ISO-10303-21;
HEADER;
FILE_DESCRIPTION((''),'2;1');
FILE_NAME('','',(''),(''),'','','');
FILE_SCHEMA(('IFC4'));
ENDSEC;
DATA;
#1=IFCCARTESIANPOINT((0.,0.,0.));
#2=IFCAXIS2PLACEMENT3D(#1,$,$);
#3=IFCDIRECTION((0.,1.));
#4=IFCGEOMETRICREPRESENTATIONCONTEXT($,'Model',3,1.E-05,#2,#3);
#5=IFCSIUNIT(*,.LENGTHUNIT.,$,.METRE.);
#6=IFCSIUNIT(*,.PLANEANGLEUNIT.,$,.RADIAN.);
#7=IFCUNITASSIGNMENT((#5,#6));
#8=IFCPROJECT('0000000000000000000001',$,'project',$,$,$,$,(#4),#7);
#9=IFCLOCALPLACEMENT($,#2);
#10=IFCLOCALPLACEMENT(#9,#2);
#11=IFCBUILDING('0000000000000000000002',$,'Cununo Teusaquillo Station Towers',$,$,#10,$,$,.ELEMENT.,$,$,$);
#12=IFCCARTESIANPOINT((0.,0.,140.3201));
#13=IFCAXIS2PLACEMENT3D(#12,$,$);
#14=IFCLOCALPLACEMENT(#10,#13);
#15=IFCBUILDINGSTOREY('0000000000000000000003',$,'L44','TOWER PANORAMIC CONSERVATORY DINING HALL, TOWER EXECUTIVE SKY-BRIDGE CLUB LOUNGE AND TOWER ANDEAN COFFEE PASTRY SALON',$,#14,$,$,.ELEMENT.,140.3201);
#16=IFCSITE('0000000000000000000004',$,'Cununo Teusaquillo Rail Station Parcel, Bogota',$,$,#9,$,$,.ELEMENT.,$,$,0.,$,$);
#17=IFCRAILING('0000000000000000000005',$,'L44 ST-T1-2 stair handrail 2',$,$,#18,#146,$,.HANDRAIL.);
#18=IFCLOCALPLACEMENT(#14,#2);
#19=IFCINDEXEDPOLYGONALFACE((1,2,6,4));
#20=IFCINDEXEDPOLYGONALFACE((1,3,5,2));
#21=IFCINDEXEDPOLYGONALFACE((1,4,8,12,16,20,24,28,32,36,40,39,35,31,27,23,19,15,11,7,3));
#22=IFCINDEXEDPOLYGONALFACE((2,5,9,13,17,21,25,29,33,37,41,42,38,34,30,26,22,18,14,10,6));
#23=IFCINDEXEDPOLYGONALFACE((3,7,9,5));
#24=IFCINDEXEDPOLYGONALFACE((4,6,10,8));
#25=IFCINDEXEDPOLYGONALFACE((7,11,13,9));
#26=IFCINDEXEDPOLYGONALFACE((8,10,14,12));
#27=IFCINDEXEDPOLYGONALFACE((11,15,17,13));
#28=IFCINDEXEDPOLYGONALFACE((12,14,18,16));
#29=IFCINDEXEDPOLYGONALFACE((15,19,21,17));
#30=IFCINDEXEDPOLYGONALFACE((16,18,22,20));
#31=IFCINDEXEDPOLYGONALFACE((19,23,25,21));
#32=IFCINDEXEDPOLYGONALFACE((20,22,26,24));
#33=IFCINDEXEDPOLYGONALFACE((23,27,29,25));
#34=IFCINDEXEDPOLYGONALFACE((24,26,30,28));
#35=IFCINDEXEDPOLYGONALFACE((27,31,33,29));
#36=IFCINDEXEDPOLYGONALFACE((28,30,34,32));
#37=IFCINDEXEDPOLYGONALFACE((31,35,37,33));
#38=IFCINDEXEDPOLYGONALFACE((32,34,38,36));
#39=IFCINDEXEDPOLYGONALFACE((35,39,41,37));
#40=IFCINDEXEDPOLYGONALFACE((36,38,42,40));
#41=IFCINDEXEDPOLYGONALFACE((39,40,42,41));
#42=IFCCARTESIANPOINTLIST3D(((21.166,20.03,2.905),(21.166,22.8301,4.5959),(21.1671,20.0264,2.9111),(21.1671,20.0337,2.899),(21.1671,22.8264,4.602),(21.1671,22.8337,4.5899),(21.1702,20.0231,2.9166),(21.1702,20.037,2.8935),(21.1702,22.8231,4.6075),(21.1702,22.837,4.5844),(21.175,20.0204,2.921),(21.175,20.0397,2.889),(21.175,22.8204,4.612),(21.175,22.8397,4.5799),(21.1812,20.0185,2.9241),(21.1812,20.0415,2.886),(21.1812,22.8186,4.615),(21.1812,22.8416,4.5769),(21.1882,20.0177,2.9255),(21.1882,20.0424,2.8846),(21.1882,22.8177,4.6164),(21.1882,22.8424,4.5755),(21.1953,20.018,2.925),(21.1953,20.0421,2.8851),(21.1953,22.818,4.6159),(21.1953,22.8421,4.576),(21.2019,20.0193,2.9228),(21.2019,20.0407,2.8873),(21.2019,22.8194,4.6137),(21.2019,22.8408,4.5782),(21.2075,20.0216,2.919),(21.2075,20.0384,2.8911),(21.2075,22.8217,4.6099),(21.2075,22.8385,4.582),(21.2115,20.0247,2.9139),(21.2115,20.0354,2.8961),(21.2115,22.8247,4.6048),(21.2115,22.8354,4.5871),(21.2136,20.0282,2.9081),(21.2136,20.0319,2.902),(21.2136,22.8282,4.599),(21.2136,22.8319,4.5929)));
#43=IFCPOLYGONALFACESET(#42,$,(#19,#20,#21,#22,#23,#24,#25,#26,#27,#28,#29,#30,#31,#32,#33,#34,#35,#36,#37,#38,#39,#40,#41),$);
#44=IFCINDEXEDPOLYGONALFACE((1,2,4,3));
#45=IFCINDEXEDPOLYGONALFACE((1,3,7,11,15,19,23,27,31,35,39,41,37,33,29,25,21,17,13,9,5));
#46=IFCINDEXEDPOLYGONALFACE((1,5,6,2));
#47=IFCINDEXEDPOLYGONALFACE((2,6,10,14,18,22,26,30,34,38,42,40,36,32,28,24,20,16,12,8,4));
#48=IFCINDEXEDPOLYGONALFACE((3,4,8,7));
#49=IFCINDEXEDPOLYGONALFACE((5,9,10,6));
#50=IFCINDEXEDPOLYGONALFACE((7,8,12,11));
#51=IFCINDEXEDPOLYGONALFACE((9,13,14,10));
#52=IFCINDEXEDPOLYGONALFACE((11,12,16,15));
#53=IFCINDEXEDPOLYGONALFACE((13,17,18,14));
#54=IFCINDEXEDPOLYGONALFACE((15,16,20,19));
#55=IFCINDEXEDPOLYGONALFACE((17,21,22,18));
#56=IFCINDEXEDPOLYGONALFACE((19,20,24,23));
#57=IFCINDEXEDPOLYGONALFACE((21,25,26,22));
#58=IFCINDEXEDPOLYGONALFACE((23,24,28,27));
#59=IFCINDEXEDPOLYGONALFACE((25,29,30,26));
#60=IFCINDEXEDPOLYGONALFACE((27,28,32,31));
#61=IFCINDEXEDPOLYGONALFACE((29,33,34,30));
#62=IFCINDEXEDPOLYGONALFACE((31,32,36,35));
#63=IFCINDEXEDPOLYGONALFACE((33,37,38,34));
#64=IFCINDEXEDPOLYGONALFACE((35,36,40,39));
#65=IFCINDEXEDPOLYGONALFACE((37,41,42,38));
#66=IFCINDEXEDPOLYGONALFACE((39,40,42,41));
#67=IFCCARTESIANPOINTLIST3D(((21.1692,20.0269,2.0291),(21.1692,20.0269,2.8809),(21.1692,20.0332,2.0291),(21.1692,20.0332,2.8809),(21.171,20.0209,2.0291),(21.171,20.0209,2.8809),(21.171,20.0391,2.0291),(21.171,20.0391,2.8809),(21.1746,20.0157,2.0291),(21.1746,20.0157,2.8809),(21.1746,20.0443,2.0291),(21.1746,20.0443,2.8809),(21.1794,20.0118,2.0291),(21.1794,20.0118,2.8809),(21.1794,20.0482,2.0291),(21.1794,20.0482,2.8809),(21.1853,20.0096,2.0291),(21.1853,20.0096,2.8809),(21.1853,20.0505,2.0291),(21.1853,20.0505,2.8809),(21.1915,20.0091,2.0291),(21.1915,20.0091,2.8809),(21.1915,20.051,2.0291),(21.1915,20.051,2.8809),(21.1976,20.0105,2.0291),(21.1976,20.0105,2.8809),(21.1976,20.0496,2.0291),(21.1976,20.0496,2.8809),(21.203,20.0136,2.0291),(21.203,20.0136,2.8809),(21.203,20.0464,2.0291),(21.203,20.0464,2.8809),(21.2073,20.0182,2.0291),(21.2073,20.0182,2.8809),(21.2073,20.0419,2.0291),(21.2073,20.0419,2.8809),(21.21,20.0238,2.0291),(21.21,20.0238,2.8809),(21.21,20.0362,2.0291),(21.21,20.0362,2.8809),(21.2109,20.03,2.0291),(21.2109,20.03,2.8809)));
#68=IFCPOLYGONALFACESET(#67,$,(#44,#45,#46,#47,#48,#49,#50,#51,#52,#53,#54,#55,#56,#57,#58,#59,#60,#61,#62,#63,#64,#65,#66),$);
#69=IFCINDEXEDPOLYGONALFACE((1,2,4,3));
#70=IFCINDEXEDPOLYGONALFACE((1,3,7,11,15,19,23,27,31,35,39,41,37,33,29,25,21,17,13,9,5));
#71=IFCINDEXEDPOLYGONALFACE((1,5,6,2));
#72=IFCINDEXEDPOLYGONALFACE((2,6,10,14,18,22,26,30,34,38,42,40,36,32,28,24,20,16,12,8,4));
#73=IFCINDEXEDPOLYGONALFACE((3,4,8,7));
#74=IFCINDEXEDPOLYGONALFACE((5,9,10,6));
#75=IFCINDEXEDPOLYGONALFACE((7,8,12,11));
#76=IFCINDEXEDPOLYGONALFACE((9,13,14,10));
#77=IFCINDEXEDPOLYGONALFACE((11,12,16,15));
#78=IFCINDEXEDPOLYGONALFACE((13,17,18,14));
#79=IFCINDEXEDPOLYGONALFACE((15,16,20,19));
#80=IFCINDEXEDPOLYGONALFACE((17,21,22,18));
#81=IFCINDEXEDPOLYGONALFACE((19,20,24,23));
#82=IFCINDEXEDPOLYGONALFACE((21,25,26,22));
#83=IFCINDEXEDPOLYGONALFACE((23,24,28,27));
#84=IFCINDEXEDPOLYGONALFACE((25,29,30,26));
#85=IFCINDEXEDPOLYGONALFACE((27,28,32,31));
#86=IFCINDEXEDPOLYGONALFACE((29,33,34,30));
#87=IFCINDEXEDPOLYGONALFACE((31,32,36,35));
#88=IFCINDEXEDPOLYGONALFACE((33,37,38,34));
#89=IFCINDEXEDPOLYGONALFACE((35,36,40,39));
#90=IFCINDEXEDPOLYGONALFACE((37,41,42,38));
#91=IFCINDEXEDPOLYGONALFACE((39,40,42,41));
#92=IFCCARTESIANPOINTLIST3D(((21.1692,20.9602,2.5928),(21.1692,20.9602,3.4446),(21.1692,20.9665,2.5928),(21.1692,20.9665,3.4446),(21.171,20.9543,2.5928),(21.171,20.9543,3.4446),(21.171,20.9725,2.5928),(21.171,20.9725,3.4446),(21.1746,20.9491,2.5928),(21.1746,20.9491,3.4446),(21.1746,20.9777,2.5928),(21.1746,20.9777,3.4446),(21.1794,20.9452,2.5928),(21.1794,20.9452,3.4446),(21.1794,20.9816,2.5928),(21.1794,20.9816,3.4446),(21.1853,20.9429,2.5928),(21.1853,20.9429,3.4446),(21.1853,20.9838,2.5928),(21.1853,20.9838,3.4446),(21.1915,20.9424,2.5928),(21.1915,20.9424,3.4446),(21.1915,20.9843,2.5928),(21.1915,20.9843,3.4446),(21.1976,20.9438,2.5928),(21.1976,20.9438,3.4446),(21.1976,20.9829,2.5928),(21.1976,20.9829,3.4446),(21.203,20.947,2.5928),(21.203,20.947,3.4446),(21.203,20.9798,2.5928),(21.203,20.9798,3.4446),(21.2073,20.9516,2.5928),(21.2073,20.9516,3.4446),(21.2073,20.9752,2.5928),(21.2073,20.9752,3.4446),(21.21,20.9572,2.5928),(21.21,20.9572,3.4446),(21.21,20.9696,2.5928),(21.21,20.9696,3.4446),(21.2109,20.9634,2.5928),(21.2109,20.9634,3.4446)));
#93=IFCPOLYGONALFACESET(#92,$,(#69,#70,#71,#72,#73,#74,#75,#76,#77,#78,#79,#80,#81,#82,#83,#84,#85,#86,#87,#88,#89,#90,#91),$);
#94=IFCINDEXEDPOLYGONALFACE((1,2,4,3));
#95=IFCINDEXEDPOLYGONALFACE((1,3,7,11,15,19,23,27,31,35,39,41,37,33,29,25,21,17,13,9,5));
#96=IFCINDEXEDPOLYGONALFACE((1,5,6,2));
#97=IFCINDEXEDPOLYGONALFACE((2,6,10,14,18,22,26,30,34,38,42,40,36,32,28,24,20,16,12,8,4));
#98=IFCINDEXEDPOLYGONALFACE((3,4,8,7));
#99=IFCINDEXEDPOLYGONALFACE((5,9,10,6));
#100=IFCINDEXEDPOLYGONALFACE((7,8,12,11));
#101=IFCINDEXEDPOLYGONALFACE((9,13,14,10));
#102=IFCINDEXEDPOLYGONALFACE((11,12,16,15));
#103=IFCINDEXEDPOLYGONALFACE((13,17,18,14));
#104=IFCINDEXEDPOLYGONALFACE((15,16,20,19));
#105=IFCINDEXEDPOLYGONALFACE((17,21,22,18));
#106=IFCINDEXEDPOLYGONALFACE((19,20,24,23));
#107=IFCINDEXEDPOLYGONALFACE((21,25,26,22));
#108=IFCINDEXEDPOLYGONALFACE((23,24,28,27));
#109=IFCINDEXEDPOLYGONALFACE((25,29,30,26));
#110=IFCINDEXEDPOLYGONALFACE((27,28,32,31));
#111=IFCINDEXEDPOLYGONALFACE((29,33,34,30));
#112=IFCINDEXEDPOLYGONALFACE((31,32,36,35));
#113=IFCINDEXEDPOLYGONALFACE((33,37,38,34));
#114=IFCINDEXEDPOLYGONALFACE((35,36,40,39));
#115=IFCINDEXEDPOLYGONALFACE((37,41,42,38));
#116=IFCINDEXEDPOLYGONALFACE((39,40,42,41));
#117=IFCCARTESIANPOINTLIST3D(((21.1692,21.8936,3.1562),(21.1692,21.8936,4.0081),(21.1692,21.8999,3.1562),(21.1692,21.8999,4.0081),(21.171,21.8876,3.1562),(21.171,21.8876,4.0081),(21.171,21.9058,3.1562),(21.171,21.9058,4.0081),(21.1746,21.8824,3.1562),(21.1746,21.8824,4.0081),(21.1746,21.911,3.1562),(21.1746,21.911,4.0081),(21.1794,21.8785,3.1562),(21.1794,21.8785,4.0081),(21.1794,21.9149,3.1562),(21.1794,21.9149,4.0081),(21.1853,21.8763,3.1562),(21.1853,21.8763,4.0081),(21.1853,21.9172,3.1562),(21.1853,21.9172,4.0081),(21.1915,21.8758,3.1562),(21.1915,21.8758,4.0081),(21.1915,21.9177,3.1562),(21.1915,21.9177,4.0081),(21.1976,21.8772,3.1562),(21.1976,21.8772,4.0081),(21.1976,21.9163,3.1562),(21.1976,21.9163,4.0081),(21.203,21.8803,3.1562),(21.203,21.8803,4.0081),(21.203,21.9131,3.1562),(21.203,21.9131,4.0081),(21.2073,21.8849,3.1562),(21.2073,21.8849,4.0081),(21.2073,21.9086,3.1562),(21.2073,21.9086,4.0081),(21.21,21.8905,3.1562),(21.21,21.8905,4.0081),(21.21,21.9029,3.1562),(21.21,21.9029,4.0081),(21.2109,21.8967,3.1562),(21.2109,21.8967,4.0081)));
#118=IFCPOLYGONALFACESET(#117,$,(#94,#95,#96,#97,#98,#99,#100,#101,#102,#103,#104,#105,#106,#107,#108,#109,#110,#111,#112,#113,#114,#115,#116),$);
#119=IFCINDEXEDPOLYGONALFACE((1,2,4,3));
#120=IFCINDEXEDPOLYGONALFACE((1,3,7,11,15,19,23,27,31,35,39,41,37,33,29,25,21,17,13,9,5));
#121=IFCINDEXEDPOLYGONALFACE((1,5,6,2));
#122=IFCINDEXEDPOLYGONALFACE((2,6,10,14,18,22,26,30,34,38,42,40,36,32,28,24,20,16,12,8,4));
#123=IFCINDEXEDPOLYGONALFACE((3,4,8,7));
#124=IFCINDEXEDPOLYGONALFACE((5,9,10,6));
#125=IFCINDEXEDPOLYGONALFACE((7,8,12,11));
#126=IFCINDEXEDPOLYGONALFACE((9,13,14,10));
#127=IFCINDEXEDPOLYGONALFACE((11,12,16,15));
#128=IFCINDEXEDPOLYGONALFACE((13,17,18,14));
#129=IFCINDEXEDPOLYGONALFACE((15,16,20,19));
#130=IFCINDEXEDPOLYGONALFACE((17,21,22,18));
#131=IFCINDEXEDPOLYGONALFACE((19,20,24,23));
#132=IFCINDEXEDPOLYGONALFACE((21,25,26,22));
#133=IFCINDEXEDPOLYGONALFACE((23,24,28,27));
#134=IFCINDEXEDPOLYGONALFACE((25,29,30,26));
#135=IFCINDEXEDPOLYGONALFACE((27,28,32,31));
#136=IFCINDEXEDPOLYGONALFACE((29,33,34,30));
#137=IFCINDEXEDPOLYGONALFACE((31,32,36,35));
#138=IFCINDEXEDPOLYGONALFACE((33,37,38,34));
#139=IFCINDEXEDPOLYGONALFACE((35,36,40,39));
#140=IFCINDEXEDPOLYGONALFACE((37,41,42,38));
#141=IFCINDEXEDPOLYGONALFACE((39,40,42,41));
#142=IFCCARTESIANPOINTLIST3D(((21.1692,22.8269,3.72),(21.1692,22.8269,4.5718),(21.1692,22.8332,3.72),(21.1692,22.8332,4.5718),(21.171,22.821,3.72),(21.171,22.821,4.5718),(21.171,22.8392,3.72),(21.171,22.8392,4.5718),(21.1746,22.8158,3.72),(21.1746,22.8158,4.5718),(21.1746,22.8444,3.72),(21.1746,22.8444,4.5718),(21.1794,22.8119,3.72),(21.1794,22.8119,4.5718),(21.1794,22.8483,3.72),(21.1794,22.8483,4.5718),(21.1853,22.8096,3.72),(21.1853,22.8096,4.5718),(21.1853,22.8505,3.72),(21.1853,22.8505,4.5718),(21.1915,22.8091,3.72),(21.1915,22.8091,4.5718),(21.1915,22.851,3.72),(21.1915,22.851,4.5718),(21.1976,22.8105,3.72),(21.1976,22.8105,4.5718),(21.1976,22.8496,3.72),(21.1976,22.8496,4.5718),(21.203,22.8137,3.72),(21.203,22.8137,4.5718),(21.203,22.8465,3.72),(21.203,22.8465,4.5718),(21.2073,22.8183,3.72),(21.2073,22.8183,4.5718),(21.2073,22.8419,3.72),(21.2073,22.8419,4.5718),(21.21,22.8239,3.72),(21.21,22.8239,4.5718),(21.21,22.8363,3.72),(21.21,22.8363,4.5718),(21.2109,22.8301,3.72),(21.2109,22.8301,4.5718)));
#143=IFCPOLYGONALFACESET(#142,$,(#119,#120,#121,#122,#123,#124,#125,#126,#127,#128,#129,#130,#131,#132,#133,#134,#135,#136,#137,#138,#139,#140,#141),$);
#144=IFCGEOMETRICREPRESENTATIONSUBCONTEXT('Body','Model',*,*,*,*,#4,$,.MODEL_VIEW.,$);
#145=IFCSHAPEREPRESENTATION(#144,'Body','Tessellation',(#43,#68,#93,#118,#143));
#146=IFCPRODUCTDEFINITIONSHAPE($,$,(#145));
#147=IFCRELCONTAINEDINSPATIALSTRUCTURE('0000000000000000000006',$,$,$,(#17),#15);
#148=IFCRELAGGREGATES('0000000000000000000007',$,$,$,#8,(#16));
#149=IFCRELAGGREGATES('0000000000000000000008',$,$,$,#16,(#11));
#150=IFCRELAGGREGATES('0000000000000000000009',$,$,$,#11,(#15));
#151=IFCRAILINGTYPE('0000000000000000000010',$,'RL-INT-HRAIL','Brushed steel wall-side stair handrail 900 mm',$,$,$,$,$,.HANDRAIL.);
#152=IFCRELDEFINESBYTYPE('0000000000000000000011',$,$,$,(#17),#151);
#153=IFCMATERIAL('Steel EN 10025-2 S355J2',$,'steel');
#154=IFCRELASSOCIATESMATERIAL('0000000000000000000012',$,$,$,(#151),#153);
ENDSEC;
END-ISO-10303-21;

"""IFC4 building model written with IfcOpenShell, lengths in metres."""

from ifc_helpers import new_model, si_unit, direction, frame, origin, origin_2d, place, context, subcontext, project, spatial, circle, extrude, material, type_object, element, save


model = new_model("IFC4")

# Units and contexts
model_context = context("Model", 3, precision=1e-05, world=origin(), true_north=direction((0.0, 1.0)))
body_context = subcontext(model_context, "Body", "Model", "MODEL_VIEW")
ifc_project = project(units=[si_unit("LENGTHUNIT", "METRE"), si_unit("PLANEANGLEUNIT", "RADIAN")], contexts=[model_context])

# Site, building, storey
site_placement = place(None, origin())
site = spatial("IfcSite", under=ifc_project, at=site_placement, Name="Cununo Teusaquillo Rail Station Parcel, Bogota", CompositionType="ELEMENT", RefElevation=0.0)
building_placement = place(site_placement, origin())
building = spatial("IfcBuilding", under=site, at=building_placement, Name="Cununo Teusaquillo Station Towers", CompositionType="ELEMENT")
storey_placement = place(building_placement, frame((0.0, 0.0, 140.3201)))
storey = spatial("IfcBuildingStorey", under=building, at=storey_placement, Name="L44", Description="TOWER PANORAMIC CONSERVATORY DINING HALL, TOWER EXECUTIVE SKY-BRIDGE CLUB LOUNGE AND TOWER ANDEAN COFFEE PASTRY SALON", CompositionType="ELEMENT", Elevation=140.3201)

# Railing
ifc_material_1 = material(Name="Steel EN 10025-2 S355J2", Category="steel")
railing_type_1 = type_object("IfcRailingType", Name="RL-INT-HRAIL", Description="Brushed steel wall-side stair handrail 900 mm", PredefinedType="HANDRAIL", material=ifc_material_1)
railing_1_placement = place(storey_placement, frame((21.1899, 20.03, 2.0291)))
element("IfcRailing", 1, at=railing_1_placement, inside=storey, type_object=railing_type_1, Name="L44 ST-T1-2 stair handrail 2", PredefinedType="HANDRAIL", context=body_context, shape_type="SweptSolid", body=[
    extrude(circle(Radius=0.0239, at=origin_2d()), frame((0.0, 0.0, 0.876), z_axis=(0.0, 0.856021, 0.516941), x_axis=(-1.0, 0.0, 0.0)), (0.0, 0.0, 1.0), 3.271),
    extrude(circle(Radius=0.021, at=origin_2d()), origin(), (0.0, 0.0, 1.0), 0.8518),
    extrude(circle(Radius=0.021, at=origin_2d()), frame((0.0, 0.9333, 0.5637)), (0.0, 0.0, 1.0), 0.8518),
    extrude(circle(Radius=0.021, at=origin_2d()), frame((0.0, 1.8667, 1.1272)), (0.0, 0.0, 1.0), 0.8518),
    extrude(circle(Radius=0.021, at=origin_2d()), frame((0.0, 2.8, 1.6909)), (0.0, 0.0, 1.0), 0.8518),
])

save(model, "model.ifc")
